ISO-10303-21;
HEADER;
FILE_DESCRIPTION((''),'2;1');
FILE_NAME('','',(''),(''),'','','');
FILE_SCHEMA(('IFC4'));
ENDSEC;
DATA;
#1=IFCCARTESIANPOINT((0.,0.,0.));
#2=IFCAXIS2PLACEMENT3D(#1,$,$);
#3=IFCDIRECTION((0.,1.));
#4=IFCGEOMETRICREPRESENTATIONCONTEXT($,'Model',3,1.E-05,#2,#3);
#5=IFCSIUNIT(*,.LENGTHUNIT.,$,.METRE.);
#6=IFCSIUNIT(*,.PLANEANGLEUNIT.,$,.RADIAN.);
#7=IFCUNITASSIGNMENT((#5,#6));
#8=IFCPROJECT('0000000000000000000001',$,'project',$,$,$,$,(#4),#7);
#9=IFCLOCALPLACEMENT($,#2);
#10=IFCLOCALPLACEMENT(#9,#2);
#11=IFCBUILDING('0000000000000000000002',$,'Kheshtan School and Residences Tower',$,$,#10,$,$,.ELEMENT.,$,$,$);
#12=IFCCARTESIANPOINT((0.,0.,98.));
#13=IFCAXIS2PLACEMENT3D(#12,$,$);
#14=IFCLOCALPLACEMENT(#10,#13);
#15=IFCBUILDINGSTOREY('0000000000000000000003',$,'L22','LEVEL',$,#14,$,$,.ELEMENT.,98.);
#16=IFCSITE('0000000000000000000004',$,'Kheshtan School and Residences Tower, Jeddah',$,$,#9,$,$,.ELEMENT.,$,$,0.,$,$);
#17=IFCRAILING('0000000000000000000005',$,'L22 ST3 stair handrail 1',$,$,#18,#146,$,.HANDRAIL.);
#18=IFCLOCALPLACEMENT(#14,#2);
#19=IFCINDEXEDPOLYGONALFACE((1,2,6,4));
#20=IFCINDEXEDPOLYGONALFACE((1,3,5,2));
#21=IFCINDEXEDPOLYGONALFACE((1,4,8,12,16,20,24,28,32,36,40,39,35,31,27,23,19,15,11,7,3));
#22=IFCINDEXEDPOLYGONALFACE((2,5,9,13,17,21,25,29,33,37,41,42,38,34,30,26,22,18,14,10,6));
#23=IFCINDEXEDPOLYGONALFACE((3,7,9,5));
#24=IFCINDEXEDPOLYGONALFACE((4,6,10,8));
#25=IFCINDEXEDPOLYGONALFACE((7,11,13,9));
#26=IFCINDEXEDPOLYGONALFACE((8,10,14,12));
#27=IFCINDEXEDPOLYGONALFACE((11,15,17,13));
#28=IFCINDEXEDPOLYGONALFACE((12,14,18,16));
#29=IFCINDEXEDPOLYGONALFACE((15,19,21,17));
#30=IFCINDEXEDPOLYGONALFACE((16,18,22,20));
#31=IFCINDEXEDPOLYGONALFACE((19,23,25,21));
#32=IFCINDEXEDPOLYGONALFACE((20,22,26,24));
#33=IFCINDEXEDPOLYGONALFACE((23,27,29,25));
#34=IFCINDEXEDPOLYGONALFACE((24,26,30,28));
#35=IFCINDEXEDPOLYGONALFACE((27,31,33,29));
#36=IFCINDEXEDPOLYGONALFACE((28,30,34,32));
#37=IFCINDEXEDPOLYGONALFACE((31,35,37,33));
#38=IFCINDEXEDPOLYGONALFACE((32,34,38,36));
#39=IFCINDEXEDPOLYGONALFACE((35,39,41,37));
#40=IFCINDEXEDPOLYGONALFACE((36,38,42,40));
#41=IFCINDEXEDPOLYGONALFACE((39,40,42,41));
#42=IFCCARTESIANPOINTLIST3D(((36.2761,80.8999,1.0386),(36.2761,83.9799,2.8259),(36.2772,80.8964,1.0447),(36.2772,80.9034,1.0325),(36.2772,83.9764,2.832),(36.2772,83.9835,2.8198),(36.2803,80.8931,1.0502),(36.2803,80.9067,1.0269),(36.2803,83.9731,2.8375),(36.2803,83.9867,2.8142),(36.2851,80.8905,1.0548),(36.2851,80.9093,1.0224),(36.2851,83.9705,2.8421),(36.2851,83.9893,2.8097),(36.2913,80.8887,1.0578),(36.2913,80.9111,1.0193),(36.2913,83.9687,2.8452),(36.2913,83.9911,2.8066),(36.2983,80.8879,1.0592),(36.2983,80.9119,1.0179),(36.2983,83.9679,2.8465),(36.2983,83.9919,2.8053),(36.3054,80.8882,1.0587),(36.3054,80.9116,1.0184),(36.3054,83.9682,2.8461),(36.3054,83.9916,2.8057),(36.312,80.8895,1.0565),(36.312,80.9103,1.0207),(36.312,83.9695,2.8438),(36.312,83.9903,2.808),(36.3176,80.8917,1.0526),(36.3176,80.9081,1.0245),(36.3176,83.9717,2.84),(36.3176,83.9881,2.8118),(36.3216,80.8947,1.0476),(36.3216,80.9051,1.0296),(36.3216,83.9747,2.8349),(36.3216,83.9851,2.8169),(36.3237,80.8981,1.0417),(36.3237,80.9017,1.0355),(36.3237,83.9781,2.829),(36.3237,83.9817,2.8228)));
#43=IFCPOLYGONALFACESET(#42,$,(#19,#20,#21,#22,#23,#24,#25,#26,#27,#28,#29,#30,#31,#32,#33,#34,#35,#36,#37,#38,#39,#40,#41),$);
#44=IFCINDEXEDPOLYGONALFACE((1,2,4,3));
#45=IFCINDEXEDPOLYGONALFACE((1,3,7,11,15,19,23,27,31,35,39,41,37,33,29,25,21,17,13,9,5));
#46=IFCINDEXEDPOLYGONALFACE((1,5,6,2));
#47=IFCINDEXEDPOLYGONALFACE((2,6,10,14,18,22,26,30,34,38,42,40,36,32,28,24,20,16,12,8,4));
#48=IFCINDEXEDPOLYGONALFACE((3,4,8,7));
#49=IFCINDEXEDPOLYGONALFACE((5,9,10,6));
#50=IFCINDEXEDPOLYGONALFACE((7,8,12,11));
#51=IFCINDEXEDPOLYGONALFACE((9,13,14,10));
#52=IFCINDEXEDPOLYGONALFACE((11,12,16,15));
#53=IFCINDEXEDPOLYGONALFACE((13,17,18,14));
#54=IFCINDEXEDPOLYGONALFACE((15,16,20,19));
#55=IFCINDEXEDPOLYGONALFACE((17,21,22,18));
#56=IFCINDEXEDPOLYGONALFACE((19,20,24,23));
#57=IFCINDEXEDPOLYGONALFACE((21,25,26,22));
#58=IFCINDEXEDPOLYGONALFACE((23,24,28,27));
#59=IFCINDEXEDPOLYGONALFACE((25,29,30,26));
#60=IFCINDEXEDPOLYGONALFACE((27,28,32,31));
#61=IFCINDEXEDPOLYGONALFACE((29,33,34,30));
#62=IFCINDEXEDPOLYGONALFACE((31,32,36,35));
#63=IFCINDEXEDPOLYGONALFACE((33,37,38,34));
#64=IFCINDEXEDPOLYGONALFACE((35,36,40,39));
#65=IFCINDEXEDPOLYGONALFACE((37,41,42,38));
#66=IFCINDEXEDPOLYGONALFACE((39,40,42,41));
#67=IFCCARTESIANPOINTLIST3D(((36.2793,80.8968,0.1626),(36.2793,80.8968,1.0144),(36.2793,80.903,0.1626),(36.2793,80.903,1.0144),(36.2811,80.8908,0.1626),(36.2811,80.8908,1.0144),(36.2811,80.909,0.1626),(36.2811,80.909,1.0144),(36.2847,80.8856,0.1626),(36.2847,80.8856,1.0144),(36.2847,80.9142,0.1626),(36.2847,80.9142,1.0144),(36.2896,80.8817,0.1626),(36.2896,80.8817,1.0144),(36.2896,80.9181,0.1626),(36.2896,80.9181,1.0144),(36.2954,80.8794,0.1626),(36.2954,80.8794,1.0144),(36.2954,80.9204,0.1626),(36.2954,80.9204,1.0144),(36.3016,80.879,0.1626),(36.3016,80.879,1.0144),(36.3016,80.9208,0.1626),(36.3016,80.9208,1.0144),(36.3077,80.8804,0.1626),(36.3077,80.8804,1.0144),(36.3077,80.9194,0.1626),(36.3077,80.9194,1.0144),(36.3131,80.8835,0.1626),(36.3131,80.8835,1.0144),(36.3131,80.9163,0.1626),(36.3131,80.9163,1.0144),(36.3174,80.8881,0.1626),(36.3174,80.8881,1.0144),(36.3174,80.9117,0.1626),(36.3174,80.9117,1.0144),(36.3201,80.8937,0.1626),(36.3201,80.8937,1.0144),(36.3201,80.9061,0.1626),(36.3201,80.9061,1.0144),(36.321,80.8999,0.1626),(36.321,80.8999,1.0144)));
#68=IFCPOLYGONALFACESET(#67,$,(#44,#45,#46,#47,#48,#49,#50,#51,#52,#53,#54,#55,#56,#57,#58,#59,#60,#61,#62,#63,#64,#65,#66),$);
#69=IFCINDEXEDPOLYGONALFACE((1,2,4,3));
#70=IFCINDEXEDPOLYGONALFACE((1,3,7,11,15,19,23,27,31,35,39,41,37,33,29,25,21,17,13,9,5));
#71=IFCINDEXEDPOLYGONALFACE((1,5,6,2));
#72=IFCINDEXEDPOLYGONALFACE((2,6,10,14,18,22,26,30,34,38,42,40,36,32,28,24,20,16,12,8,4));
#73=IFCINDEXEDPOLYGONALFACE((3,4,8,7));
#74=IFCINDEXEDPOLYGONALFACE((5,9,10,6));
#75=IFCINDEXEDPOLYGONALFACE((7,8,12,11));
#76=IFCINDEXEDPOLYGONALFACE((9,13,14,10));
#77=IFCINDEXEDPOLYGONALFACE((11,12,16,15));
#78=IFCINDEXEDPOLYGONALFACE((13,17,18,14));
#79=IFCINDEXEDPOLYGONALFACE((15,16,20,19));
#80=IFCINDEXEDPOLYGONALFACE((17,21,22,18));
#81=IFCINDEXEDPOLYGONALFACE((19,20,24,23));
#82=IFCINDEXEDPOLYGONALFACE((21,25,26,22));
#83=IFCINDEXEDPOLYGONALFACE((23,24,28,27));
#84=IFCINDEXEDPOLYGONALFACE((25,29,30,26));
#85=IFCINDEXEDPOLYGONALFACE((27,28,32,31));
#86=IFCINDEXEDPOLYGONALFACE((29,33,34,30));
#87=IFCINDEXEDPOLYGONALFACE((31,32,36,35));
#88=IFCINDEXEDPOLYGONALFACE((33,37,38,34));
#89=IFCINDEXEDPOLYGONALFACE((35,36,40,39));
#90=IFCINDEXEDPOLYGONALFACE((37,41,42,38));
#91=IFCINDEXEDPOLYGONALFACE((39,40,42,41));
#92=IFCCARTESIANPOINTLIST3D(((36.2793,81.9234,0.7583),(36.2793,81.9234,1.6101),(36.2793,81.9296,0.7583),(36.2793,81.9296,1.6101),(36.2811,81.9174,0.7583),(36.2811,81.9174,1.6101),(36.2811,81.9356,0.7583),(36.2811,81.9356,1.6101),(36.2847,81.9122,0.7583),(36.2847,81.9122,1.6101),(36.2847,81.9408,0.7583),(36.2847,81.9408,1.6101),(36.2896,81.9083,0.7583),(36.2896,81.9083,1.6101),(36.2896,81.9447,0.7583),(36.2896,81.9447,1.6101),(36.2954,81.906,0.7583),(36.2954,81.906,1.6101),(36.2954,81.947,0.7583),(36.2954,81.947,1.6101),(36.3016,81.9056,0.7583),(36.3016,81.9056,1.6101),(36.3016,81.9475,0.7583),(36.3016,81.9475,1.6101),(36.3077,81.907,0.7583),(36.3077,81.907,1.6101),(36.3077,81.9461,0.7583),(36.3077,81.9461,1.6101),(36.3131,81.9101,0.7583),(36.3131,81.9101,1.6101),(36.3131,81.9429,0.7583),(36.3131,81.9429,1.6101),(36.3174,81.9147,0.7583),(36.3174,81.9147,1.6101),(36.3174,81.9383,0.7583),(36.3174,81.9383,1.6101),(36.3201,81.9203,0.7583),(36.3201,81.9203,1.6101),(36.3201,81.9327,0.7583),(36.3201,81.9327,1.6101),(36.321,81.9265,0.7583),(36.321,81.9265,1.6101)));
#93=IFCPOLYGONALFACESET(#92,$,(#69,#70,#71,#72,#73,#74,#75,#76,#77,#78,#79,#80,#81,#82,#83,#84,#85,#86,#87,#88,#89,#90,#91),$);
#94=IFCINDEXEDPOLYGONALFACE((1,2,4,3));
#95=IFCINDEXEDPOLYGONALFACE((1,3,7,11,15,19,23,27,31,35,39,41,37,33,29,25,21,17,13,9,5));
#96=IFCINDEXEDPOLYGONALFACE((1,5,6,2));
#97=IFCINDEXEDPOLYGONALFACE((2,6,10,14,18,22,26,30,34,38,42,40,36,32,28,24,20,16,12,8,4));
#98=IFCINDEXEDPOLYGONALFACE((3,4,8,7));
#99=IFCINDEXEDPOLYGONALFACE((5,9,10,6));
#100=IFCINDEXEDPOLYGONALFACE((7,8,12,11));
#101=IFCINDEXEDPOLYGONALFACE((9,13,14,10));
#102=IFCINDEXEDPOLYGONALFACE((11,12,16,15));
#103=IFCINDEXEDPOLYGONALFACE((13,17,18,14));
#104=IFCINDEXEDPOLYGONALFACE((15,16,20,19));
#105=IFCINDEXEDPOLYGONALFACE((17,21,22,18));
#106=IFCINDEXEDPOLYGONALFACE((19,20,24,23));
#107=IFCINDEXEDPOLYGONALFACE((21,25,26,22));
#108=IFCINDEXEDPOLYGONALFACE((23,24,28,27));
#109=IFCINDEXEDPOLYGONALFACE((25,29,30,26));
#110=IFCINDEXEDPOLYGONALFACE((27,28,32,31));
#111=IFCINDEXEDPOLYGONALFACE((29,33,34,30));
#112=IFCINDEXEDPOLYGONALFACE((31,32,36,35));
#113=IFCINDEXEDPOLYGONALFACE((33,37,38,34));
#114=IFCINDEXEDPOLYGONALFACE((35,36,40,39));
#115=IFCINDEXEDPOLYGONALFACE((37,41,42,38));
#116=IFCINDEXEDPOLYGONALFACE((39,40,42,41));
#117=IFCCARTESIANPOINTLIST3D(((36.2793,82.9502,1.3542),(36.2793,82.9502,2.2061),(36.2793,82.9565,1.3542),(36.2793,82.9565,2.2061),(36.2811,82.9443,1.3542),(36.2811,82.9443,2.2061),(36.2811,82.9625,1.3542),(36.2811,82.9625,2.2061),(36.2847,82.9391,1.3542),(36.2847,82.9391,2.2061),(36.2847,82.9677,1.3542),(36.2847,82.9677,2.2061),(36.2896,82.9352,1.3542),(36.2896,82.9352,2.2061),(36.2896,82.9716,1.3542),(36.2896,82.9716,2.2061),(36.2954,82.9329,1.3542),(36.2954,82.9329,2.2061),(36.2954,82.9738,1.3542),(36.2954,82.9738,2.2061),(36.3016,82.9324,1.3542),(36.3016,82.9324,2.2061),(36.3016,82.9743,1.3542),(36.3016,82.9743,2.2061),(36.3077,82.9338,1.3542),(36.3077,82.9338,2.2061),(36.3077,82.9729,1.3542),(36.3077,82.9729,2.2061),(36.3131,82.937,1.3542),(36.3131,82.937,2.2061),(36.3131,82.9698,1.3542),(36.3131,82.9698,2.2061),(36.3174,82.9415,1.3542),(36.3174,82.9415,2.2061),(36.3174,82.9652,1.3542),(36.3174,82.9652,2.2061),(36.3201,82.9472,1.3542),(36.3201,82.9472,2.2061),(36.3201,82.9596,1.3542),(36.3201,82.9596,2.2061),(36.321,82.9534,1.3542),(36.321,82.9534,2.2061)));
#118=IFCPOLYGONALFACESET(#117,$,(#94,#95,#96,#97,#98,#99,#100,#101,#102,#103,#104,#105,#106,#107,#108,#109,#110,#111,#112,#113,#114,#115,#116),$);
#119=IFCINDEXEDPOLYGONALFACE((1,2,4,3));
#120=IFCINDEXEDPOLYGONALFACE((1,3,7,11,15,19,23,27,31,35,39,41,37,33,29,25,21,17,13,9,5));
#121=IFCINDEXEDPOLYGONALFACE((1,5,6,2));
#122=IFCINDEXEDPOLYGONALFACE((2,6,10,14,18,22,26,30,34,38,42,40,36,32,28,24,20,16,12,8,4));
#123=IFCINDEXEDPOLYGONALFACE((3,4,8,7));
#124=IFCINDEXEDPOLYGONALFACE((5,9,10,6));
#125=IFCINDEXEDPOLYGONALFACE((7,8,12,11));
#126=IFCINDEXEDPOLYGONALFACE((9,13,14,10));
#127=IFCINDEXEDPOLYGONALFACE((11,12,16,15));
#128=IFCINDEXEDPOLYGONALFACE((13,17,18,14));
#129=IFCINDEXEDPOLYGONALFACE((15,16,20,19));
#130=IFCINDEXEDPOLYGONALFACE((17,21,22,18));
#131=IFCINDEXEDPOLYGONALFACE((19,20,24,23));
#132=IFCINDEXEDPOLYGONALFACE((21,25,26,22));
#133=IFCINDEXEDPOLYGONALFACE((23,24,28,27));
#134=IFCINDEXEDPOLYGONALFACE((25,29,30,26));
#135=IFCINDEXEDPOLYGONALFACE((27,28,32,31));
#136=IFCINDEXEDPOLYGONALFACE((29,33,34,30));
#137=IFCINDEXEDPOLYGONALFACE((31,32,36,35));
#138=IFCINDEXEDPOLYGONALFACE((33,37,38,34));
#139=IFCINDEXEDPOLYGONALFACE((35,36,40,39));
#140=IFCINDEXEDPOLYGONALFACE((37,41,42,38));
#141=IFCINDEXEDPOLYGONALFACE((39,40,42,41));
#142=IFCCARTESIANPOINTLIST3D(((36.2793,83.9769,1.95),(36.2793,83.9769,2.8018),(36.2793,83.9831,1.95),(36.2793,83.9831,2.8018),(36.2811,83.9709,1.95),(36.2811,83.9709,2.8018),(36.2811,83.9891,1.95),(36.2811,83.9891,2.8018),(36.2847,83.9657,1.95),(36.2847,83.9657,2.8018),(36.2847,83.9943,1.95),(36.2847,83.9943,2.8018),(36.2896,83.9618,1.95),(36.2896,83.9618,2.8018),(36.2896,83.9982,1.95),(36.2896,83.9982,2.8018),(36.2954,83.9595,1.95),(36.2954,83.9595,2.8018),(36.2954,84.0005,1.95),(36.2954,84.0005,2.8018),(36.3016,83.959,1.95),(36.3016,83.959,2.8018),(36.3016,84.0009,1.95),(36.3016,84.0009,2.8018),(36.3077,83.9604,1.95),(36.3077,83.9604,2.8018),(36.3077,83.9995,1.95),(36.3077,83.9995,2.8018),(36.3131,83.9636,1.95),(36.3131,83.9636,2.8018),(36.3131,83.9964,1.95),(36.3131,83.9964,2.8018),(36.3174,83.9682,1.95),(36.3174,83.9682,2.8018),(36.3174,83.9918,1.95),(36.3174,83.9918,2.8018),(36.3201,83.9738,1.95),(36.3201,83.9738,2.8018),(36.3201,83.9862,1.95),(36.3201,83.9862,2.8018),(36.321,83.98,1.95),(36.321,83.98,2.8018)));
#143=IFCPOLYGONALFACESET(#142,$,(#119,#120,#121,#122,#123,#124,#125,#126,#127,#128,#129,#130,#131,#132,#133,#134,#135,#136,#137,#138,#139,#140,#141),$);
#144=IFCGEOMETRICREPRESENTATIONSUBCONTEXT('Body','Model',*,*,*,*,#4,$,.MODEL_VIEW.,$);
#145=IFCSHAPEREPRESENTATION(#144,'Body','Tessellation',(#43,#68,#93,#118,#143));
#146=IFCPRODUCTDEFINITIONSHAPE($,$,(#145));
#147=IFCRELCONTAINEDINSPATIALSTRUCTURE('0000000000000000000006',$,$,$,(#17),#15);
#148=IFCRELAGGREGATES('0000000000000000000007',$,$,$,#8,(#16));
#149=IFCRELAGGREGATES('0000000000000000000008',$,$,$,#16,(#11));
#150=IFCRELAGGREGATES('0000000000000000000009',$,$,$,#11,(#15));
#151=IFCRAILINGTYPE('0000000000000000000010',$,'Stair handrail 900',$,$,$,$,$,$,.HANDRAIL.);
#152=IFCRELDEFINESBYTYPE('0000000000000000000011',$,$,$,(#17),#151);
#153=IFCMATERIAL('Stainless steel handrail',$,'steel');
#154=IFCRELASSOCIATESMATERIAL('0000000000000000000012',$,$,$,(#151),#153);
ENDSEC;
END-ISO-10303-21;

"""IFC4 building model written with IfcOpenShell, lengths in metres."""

from ifc_helpers import new_model, si_unit, direction, frame, origin, origin_2d, place, context, subcontext, project, spatial, circle, extrude, material, type_object, element, save


model = new_model("IFC4")

# Units and contexts
model_context = context("Model", 3, precision=1e-05, world=origin(), true_north=direction((0.0, 1.0)))
body_context = subcontext(model_context, "Body", "Model", "MODEL_VIEW")
ifc_project = project(units=[si_unit("LENGTHUNIT", "METRE"), si_unit("PLANEANGLEUNIT", "RADIAN")], contexts=[model_context])

# Site, building, storey
site_placement = place(None, origin())
site = spatial("IfcSite", under=ifc_project, at=site_placement, Name="Kheshtan School and Residences Tower, Jeddah", CompositionType="ELEMENT", RefElevation=0.0)
building_placement = place(site_placement, origin())
building = spatial("IfcBuilding", under=site, at=building_placement, Name="Kheshtan School and Residences Tower", CompositionType="ELEMENT")
storey_placement = place(building_placement, frame((0.0, 0.0, 98.0)))
storey = spatial("IfcBuildingStorey", under=building, at=storey_placement, Name="L22", Description="LEVEL", CompositionType="ELEMENT", Elevation=98.0)

# Railing
ifc_material_1 = material(Name="Stainless steel handrail", Category="steel")
railing_type_1 = type_object("IfcRailingType", Name="Stair handrail 900", PredefinedType="HANDRAIL", material=ifc_material_1)
railing_1_placement = place(storey_placement, frame((36.3, 80.8999, 0.1626)))
element("IfcRailing", 1, at=railing_1_placement, inside=storey, type_object=railing_type_1, Name="L22 ST3 stair handrail 1", PredefinedType="HANDRAIL", context=body_context, shape_type="SweptSolid", body=[
    extrude(circle(Radius=0.0239, at=origin_2d()), frame((0.0, 0.0, 0.876), z_axis=(0.0, 0.86492, 0.501909), x_axis=(-1.0, 0.0, 0.0)), (0.0, 0.0, 1.0), 3.561),
    extrude(circle(Radius=0.021, at=origin_2d()), origin(), (0.0, 0.0, 1.0), 0.8518),
    extrude(circle(Radius=0.021, at=origin_2d()), frame((0.0, 1.0266, 0.5957)), (0.0, 0.0, 1.0), 0.8518),
    extrude(circle(Radius=0.021, at=origin_2d()), frame((0.0, 2.0535, 1.1917)), (0.0, 0.0, 1.0), 0.8518),
    extrude(circle(Radius=0.021, at=origin_2d()), frame((0.0, 3.0801, 1.7874)), (0.0, 0.0, 1.0), 0.8518),
])

save(model, "model.ifc")
